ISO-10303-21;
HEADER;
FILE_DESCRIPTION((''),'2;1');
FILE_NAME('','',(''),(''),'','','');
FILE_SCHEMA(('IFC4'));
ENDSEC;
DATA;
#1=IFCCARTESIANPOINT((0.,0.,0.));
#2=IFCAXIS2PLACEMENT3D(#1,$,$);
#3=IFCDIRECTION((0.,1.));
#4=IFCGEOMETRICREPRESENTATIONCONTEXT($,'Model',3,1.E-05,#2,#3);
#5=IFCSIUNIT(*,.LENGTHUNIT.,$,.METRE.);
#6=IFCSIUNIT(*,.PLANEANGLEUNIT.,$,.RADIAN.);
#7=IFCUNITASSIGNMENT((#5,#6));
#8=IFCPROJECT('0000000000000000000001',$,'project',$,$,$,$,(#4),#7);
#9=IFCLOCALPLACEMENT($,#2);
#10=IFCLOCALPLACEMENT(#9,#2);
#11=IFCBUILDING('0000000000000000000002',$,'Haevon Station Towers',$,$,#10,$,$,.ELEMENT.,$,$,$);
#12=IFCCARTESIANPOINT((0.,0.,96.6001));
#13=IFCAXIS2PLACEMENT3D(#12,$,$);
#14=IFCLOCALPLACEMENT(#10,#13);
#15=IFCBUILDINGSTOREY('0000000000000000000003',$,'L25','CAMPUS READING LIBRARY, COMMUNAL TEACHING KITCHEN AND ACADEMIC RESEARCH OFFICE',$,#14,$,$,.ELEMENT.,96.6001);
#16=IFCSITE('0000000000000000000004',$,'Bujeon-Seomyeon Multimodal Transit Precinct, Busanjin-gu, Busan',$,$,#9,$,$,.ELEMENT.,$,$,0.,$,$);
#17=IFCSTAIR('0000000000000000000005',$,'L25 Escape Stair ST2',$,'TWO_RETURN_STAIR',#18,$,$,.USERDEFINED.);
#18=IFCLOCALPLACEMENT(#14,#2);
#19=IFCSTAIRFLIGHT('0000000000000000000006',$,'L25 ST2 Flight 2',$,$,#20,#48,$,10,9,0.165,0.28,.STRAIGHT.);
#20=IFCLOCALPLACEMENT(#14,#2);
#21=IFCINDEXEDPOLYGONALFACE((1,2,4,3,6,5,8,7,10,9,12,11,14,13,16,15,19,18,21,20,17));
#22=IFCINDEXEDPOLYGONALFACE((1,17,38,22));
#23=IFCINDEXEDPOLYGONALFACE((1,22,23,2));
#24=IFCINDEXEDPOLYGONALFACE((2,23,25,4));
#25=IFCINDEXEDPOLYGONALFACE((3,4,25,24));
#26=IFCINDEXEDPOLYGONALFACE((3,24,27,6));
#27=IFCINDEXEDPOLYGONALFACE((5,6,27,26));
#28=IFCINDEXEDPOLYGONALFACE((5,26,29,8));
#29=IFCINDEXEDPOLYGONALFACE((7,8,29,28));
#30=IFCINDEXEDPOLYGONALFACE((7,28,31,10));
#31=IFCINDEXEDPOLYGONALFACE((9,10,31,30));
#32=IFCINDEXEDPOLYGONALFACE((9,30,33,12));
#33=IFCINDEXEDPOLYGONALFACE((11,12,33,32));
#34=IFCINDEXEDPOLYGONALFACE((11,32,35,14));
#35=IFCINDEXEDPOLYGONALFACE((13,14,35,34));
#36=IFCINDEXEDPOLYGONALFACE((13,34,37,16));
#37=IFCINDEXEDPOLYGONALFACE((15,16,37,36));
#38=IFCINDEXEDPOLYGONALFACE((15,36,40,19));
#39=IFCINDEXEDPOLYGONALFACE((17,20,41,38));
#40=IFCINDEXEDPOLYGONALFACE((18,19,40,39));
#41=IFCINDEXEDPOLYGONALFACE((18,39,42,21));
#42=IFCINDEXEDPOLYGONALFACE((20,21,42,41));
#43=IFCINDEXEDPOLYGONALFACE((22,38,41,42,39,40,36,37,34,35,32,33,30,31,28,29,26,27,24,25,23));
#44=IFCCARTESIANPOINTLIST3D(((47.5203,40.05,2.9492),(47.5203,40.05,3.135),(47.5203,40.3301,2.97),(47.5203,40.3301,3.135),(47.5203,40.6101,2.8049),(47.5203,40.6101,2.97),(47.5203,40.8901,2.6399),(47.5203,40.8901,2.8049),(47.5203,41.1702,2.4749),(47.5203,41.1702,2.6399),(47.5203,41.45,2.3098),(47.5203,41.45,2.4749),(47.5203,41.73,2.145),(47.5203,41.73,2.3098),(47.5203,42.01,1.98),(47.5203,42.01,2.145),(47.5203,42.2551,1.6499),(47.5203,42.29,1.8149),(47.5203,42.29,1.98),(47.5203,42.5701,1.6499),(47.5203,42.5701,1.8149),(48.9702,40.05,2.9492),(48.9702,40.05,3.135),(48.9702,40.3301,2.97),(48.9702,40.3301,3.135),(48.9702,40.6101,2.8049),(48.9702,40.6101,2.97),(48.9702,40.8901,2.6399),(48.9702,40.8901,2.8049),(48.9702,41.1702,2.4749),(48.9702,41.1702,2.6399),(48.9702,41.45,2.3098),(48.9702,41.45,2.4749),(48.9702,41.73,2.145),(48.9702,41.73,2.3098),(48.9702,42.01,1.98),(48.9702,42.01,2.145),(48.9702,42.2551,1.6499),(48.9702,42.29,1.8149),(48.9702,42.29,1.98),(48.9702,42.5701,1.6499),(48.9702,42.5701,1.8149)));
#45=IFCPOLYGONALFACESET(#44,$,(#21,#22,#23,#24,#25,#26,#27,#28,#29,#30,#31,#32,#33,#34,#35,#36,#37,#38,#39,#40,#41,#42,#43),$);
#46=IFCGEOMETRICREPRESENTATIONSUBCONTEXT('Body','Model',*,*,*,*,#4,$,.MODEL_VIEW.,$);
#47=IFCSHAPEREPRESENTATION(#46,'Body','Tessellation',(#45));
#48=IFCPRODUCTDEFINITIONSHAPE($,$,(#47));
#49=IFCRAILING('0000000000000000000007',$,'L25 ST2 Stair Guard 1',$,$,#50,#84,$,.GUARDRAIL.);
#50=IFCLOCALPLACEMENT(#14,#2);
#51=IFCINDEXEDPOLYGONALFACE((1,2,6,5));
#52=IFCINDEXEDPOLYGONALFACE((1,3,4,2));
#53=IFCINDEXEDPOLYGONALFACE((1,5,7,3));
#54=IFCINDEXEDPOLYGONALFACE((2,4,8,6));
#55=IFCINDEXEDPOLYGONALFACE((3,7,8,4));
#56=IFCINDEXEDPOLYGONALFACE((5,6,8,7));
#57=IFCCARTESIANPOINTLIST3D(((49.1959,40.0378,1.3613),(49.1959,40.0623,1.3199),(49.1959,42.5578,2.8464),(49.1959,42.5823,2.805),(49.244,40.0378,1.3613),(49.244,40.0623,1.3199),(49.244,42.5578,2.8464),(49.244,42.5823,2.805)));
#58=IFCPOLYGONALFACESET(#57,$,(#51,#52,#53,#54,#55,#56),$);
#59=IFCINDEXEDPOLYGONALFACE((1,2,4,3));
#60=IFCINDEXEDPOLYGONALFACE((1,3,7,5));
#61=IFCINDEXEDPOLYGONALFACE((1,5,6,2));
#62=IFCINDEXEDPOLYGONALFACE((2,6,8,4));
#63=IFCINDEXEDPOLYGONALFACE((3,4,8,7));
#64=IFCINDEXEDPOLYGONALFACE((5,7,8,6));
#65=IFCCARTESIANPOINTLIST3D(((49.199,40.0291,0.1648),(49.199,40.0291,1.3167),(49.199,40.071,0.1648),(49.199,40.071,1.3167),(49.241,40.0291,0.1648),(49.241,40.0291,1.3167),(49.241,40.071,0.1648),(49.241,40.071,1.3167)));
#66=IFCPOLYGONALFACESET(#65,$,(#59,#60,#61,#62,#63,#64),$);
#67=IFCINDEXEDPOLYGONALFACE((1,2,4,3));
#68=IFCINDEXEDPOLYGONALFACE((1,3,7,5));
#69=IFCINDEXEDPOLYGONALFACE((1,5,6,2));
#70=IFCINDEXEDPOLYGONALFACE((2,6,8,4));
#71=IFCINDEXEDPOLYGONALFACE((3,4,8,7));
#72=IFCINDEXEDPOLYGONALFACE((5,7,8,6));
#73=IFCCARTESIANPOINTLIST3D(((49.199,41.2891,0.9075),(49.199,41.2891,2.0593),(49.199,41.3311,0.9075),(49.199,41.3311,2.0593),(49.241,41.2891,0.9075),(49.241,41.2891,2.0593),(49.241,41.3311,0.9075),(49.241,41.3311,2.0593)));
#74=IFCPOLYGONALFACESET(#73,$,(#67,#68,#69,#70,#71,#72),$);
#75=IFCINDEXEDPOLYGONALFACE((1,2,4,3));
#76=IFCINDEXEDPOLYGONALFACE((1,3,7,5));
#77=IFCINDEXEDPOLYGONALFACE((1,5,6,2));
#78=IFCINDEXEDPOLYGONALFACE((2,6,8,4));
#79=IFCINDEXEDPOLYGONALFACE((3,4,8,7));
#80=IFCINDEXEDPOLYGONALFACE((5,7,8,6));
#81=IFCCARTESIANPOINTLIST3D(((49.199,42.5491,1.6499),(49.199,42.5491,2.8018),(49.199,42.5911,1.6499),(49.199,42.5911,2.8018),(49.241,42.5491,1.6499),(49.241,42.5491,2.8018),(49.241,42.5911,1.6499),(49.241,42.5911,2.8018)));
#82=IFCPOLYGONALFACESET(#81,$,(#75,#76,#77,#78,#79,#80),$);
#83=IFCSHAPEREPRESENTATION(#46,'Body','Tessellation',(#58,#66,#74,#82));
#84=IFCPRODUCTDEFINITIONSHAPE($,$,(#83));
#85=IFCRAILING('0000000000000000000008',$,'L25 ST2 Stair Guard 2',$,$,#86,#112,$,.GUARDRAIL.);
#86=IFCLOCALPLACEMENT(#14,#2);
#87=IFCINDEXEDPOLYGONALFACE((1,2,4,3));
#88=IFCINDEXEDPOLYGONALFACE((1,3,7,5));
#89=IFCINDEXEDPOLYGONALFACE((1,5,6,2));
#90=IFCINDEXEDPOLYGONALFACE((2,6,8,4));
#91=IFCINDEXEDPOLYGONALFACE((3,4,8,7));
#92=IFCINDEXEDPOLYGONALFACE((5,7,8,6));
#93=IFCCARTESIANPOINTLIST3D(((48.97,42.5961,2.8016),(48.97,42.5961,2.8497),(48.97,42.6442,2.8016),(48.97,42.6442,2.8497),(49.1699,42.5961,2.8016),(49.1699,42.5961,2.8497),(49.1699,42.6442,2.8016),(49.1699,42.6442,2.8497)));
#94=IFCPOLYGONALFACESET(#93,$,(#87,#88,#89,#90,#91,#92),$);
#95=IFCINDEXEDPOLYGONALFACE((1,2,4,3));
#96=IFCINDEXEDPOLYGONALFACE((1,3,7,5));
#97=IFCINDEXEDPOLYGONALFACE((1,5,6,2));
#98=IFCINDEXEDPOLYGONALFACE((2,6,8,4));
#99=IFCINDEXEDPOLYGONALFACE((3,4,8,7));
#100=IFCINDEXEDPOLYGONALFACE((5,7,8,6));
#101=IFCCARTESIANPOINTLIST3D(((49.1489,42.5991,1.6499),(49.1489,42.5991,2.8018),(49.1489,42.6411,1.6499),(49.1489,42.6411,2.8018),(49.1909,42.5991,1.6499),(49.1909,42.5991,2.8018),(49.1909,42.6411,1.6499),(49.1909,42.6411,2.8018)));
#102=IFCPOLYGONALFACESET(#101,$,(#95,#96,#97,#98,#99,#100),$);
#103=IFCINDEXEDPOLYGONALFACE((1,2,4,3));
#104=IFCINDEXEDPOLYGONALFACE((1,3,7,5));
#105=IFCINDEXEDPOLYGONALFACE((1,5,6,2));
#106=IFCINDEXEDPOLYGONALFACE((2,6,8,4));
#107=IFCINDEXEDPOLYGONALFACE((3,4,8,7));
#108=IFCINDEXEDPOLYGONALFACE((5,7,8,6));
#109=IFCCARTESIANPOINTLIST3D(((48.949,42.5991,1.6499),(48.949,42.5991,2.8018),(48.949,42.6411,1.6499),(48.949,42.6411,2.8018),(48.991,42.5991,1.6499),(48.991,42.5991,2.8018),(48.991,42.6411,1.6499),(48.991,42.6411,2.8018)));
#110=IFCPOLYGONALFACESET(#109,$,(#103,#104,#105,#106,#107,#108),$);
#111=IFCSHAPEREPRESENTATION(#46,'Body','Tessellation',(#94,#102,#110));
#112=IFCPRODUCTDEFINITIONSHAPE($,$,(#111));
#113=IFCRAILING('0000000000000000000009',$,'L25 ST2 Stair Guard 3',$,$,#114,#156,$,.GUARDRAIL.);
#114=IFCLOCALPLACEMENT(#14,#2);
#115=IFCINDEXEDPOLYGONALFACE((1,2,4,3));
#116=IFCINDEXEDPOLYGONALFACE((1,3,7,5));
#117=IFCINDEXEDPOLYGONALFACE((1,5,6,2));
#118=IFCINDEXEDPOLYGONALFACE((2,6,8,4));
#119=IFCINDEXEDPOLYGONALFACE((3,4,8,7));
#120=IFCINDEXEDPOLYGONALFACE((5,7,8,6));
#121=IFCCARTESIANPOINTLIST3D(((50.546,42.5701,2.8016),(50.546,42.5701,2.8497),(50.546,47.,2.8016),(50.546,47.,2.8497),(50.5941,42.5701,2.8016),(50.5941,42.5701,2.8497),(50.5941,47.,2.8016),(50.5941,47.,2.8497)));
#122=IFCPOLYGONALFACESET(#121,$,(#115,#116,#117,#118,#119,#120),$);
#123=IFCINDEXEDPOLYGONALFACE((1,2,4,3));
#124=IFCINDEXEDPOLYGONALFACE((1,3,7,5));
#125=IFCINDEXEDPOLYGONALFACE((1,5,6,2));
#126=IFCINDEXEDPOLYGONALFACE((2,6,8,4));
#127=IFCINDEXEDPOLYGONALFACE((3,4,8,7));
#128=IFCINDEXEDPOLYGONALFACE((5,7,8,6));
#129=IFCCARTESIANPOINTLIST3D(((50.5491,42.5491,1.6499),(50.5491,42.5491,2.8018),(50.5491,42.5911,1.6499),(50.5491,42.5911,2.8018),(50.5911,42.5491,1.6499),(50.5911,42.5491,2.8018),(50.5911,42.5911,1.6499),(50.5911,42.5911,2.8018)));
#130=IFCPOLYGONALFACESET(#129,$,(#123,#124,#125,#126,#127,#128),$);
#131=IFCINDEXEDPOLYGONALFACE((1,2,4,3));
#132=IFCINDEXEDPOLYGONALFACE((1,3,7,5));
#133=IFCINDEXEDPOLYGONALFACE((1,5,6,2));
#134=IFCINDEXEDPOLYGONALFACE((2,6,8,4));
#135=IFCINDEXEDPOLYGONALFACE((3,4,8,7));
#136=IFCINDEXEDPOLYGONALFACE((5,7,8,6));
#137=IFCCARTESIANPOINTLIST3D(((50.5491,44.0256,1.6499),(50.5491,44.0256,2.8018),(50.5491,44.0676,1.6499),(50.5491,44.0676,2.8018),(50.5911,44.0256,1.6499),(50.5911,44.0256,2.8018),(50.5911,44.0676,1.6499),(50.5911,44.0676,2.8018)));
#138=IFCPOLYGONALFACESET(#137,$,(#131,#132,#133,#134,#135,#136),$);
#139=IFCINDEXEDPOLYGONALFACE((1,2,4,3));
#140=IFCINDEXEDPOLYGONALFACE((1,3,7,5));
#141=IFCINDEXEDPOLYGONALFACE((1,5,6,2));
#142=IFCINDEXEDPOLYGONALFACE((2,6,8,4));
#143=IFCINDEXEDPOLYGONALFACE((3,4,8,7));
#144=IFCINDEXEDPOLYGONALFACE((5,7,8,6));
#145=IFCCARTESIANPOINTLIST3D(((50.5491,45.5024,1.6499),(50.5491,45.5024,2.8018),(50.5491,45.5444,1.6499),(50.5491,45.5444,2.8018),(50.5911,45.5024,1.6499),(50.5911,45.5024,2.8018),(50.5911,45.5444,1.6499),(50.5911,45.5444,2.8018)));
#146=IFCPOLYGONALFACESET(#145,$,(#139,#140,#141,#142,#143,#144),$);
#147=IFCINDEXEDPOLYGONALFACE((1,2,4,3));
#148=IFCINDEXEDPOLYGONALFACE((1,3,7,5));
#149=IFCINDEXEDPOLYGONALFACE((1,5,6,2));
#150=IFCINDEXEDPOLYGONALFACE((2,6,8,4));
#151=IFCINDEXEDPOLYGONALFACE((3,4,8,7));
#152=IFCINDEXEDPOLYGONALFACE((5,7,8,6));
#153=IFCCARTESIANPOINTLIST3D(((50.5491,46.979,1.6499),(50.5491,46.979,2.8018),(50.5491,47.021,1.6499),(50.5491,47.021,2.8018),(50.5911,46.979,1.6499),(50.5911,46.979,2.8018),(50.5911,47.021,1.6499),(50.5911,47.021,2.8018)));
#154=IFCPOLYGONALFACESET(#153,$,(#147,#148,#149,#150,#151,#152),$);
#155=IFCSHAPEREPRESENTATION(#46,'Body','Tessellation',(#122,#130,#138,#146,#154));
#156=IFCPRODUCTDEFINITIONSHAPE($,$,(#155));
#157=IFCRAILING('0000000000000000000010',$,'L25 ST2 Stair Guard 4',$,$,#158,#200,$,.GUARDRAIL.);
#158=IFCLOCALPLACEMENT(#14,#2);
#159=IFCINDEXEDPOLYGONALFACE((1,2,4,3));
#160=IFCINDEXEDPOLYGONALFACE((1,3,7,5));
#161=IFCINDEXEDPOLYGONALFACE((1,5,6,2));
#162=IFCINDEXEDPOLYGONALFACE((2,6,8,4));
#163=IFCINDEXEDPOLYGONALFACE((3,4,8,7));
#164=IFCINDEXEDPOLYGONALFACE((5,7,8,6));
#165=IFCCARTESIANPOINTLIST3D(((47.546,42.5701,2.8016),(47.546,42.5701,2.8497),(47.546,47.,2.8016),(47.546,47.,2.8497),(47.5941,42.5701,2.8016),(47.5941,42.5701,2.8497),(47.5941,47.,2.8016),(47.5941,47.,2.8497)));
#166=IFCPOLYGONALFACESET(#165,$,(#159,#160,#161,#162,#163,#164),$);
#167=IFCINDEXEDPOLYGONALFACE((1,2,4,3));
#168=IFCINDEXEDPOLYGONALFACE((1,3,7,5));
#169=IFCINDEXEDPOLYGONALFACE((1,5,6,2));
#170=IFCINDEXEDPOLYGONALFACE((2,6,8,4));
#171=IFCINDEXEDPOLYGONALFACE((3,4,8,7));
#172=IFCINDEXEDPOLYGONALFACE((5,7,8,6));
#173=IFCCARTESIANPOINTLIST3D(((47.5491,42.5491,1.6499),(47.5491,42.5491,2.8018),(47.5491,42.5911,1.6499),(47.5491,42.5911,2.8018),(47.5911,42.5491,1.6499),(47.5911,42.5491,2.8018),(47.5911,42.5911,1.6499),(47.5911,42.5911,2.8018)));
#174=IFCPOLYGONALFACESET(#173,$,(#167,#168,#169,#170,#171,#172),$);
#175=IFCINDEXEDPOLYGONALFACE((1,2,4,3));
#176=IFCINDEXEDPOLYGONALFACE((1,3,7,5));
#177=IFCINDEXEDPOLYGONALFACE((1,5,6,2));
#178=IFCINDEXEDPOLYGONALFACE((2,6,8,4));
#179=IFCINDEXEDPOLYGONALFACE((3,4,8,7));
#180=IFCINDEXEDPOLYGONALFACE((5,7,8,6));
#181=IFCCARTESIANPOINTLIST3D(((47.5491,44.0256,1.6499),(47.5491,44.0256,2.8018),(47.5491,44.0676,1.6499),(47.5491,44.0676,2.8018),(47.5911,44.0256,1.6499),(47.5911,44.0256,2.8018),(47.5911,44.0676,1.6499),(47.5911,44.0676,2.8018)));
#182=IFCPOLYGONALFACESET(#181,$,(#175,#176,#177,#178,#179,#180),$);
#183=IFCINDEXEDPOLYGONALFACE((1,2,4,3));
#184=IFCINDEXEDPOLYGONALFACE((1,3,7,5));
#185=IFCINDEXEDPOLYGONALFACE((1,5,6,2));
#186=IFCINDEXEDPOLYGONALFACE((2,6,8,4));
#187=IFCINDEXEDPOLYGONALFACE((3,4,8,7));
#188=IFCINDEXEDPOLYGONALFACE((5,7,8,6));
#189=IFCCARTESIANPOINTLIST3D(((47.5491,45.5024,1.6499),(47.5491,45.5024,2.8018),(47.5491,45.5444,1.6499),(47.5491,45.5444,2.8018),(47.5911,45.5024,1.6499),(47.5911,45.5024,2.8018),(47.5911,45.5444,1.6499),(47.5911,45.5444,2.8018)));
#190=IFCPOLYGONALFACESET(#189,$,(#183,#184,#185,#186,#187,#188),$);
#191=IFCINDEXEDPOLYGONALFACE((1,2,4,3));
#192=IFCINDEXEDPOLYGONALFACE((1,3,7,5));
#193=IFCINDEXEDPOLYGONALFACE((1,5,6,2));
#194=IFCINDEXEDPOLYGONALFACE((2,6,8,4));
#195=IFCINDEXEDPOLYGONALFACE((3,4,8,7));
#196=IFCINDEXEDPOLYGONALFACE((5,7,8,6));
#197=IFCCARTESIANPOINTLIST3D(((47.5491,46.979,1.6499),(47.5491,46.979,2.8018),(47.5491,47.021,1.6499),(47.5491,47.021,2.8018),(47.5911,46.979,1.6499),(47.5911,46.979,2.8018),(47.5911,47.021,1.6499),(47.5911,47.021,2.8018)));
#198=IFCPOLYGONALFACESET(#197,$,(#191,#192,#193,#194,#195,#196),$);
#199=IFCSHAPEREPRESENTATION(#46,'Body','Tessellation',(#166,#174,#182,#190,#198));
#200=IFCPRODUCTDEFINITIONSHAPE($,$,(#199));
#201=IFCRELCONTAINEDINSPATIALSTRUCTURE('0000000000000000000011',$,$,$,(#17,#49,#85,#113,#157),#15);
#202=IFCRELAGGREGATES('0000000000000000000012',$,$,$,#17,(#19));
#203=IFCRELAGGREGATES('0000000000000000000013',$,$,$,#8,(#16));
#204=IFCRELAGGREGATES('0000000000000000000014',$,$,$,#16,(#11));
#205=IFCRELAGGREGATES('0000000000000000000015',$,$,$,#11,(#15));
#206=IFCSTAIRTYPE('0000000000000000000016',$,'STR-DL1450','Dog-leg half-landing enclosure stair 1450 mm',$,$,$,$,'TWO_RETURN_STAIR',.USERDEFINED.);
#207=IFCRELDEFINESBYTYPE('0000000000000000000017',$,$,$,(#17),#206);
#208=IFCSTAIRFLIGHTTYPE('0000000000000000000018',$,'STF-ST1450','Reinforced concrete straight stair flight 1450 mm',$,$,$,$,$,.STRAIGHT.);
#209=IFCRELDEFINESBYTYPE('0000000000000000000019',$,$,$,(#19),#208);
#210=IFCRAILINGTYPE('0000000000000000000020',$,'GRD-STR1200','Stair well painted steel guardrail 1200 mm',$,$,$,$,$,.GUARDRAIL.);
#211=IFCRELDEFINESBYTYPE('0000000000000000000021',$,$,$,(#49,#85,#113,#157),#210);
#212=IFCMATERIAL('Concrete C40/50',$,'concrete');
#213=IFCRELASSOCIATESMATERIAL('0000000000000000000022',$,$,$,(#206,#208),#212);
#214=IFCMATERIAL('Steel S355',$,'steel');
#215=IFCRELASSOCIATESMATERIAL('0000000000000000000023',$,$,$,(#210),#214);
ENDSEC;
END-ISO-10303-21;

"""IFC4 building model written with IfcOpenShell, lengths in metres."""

from ifc_helpers import new_model, si_unit, direction, frame, origin, origin_2d, place, context, subcontext, project, spatial, polyline, rectangle, outline, extrude, material, type_object, element, aggregate, save


model = new_model("IFC4")

# Units and contexts
model_context = context("Model", 3, precision=1e-05, world=origin(), true_north=direction((0.0, 1.0)))
body_context = subcontext(model_context, "Body", "Model", "MODEL_VIEW")
ifc_project = project(units=[si_unit("LENGTHUNIT", "METRE"), si_unit("PLANEANGLEUNIT", "RADIAN")], contexts=[model_context])

# Site, building, storey
site_placement = place(None, origin())
site = spatial("IfcSite", under=ifc_project, at=site_placement, Name="Bujeon-Seomyeon Multimodal Transit Precinct, Busanjin-gu, Busan", CompositionType="ELEMENT", RefElevation=0.0)
building_placement = place(site_placement, origin())
building = spatial("IfcBuilding", under=site, at=building_placement, Name="Haevon Station Towers", CompositionType="ELEMENT")
storey_placement = place(building_placement, frame((0.0, 0.0, 96.6001)))
storey = spatial("IfcBuildingStorey", under=building, at=storey_placement, Name="L25", Description="CAMPUS READING LIBRARY, COMMUNAL TEACHING KITCHEN AND ACADEMIC RESEARCH OFFICE", CompositionType="ELEMENT", Elevation=96.6001)

# Shared definitions
ifc_material_1 = material(Name="Steel S355", Category="steel")

# Shared definitions
ifc_material_2 = material(Name="Concrete C40/50", Category="concrete")

# Stair, stair flight
stair_type = type_object("IfcStairType", Name="STR-DL1450", Description="Dog-leg half-landing enclosure stair 1450 mm", ElementType="TWO_RETURN_STAIR", PredefinedType="USERDEFINED", material=ifc_material_2)
stair_placement = place(storey_placement, origin())
stair = element("IfcStair", 1, at=stair_placement, inside=storey, type_object=stair_type, Name="L25 Escape Stair ST2", ObjectType="TWO_RETURN_STAIR", PredefinedType="USERDEFINED")
stair_flight_type = type_object("IfcStairFlightType", Name="STF-ST1450", Description="Reinforced concrete straight stair flight 1450 mm", PredefinedType="STRAIGHT", material=ifc_material_2)
stair_flight_1_placement = place(storey_placement, frame((48.2451, 42.5701, 1.6499), z_axis=(0.0, 0.0, 1.0), x_axis=(0.0, -1.0, 0.0)))
stair_flight_1 = element("IfcStairFlight", 2, at=stair_flight_1_placement, type_object=stair_flight_type, Name="L25 ST2 Flight 2", NumberOfRisers=10, NumberOfTreads=9, PredefinedType="STRAIGHT", RiserHeight=0.165, TreadLength=0.28, context=body_context, shape_type="SweptSolid", body=[
    extrude(outline(polyline([(0.0, 0.0), (0.0, 0.165), (0.28, 0.165), (0.28, 0.3301), (0.5601, 0.3301), (0.5601, 0.4951), (0.8401, 0.4951), (0.8401, 0.6599), (1.1201, 0.6599), (1.1201, 0.825), (1.3999, 0.825), (1.3999, 0.99), (1.6799, 0.99), (1.6799, 1.155), (1.96, 1.155), (1.96, 1.3201), (2.24, 1.3201), (2.24, 1.4851), (2.52, 1.4851), (2.52, 1.6499), (2.52, 1.2993), (0.3149, 0.0), (0.0, 0.0)])), frame((0.0, 0.7251, 0.0), z_axis=(0.0, -1.0, 0.0), x_axis=(1.0, 0.0, 0.0)), (0.0, 0.0, 1.0), 1.45),
])
aggregate(stair, [stair_flight_1])

# Railings
railing_type_1 = type_object("IfcRailingType", Name="GRD-STR1200", Description="Stair well painted steel guardrail 1200 mm", PredefinedType="GUARDRAIL", material=ifc_material_1)
railing_1_placement = place(storey_placement, frame((49.22, 40.05, 0.1648)))
element("IfcRailing", 3, at=railing_1_placement, inside=storey, type_object=railing_type_1, Name="L25 ST2 Stair Guard 1", PredefinedType="GUARDRAIL", context=body_context, shape_type="SweptSolid", body=[
    extrude(rectangle(XDim=0.0481, YDim=0.0481, at=origin_2d()), frame((0.0, 0.0, 1.1758), z_axis=(0.0, 0.861524, 0.507717), x_axis=(-1.0, 0.0, 0.0)), (0.0, 0.0, 1.0), 2.925),
    extrude(rectangle(XDim=0.042, YDim=0.042, at=origin_2d()), origin(), (0.0, 0.0, 1.0), 1.1519),
    extrude(rectangle(XDim=0.042, YDim=0.042, at=origin_2d()), frame((0.0, 1.26, 0.7427)), (0.0, 0.0, 1.0), 1.1519),
    extrude(rectangle(XDim=0.042, YDim=0.042, at=origin_2d()), frame((0.0, 2.52, 1.4851)), (0.0, 0.0, 1.0), 1.1519),
])
railing_2_placement = place(storey_placement, frame((49.1699, 42.6201, 1.6499)))
element("IfcRailing", 4, at=railing_2_placement, inside=storey, type_object=railing_type_1, Name="L25 ST2 Stair Guard 2", PredefinedType="GUARDRAIL", context=body_context, shape_type="SweptSolid", body=[
    extrude(rectangle(XDim=0.0481, YDim=0.0481, at=origin_2d()), frame((0.0, 0.0, 1.1758), z_axis=(-1.0, 0.0, 0.0), x_axis=(0.0, -1.0, 0.0)), (0.0, 0.0, 1.0), 0.2),
    extrude(rectangle(XDim=0.042, YDim=0.042, at=origin_2d()), origin(), (0.0, 0.0, 1.0), 1.1519),
    extrude(rectangle(XDim=0.042, YDim=0.042, at=origin_2d()), frame((-0.2, 0.0, 0.0)), (0.0, 0.0, 1.0), 1.1519),
])
for number, where, name in (
    (5, (50.5701, 42.5701, 1.6499), "L25 ST2 Stair Guard 3"),
    (6, (47.5701, 42.5701, 1.6499), "L25 ST2 Stair Guard 4"),
):
    element("IfcRailing", number, at=place(storey_placement, frame(where)), inside=storey, type_object=railing_type_1, Name=name, PredefinedType="GUARDRAIL", context=body_context, shape_type="SweptSolid", body=[
        extrude(rectangle(XDim=0.0481, YDim=0.0481, at=origin_2d()), frame((0.0, 0.0, 1.1758), z_axis=(0.0, 1.0, 0.0), x_axis=(-1.0, 0.0, 0.0)), (0.0, 0.0, 1.0), 4.4299),
        extrude(rectangle(XDim=0.042, YDim=0.042, at=origin_2d()), origin(), (0.0, 0.0, 1.0), 1.1519),
        extrude(rectangle(XDim=0.042, YDim=0.042, at=origin_2d()), frame((0.0, 1.4766, 0.0)), (0.0, 0.0, 1.0), 1.1519),
        extrude(rectangle(XDim=0.042, YDim=0.042, at=origin_2d()), frame((0.0, 2.9534, 0.0)), (0.0, 0.0, 1.0), 1.1519),
        extrude(rectangle(XDim=0.042, YDim=0.042, at=origin_2d()), frame((0.0, 4.4299, 0.0)), (0.0, 0.0, 1.0), 1.1519),
    ])

save(model, "model.ifc")
